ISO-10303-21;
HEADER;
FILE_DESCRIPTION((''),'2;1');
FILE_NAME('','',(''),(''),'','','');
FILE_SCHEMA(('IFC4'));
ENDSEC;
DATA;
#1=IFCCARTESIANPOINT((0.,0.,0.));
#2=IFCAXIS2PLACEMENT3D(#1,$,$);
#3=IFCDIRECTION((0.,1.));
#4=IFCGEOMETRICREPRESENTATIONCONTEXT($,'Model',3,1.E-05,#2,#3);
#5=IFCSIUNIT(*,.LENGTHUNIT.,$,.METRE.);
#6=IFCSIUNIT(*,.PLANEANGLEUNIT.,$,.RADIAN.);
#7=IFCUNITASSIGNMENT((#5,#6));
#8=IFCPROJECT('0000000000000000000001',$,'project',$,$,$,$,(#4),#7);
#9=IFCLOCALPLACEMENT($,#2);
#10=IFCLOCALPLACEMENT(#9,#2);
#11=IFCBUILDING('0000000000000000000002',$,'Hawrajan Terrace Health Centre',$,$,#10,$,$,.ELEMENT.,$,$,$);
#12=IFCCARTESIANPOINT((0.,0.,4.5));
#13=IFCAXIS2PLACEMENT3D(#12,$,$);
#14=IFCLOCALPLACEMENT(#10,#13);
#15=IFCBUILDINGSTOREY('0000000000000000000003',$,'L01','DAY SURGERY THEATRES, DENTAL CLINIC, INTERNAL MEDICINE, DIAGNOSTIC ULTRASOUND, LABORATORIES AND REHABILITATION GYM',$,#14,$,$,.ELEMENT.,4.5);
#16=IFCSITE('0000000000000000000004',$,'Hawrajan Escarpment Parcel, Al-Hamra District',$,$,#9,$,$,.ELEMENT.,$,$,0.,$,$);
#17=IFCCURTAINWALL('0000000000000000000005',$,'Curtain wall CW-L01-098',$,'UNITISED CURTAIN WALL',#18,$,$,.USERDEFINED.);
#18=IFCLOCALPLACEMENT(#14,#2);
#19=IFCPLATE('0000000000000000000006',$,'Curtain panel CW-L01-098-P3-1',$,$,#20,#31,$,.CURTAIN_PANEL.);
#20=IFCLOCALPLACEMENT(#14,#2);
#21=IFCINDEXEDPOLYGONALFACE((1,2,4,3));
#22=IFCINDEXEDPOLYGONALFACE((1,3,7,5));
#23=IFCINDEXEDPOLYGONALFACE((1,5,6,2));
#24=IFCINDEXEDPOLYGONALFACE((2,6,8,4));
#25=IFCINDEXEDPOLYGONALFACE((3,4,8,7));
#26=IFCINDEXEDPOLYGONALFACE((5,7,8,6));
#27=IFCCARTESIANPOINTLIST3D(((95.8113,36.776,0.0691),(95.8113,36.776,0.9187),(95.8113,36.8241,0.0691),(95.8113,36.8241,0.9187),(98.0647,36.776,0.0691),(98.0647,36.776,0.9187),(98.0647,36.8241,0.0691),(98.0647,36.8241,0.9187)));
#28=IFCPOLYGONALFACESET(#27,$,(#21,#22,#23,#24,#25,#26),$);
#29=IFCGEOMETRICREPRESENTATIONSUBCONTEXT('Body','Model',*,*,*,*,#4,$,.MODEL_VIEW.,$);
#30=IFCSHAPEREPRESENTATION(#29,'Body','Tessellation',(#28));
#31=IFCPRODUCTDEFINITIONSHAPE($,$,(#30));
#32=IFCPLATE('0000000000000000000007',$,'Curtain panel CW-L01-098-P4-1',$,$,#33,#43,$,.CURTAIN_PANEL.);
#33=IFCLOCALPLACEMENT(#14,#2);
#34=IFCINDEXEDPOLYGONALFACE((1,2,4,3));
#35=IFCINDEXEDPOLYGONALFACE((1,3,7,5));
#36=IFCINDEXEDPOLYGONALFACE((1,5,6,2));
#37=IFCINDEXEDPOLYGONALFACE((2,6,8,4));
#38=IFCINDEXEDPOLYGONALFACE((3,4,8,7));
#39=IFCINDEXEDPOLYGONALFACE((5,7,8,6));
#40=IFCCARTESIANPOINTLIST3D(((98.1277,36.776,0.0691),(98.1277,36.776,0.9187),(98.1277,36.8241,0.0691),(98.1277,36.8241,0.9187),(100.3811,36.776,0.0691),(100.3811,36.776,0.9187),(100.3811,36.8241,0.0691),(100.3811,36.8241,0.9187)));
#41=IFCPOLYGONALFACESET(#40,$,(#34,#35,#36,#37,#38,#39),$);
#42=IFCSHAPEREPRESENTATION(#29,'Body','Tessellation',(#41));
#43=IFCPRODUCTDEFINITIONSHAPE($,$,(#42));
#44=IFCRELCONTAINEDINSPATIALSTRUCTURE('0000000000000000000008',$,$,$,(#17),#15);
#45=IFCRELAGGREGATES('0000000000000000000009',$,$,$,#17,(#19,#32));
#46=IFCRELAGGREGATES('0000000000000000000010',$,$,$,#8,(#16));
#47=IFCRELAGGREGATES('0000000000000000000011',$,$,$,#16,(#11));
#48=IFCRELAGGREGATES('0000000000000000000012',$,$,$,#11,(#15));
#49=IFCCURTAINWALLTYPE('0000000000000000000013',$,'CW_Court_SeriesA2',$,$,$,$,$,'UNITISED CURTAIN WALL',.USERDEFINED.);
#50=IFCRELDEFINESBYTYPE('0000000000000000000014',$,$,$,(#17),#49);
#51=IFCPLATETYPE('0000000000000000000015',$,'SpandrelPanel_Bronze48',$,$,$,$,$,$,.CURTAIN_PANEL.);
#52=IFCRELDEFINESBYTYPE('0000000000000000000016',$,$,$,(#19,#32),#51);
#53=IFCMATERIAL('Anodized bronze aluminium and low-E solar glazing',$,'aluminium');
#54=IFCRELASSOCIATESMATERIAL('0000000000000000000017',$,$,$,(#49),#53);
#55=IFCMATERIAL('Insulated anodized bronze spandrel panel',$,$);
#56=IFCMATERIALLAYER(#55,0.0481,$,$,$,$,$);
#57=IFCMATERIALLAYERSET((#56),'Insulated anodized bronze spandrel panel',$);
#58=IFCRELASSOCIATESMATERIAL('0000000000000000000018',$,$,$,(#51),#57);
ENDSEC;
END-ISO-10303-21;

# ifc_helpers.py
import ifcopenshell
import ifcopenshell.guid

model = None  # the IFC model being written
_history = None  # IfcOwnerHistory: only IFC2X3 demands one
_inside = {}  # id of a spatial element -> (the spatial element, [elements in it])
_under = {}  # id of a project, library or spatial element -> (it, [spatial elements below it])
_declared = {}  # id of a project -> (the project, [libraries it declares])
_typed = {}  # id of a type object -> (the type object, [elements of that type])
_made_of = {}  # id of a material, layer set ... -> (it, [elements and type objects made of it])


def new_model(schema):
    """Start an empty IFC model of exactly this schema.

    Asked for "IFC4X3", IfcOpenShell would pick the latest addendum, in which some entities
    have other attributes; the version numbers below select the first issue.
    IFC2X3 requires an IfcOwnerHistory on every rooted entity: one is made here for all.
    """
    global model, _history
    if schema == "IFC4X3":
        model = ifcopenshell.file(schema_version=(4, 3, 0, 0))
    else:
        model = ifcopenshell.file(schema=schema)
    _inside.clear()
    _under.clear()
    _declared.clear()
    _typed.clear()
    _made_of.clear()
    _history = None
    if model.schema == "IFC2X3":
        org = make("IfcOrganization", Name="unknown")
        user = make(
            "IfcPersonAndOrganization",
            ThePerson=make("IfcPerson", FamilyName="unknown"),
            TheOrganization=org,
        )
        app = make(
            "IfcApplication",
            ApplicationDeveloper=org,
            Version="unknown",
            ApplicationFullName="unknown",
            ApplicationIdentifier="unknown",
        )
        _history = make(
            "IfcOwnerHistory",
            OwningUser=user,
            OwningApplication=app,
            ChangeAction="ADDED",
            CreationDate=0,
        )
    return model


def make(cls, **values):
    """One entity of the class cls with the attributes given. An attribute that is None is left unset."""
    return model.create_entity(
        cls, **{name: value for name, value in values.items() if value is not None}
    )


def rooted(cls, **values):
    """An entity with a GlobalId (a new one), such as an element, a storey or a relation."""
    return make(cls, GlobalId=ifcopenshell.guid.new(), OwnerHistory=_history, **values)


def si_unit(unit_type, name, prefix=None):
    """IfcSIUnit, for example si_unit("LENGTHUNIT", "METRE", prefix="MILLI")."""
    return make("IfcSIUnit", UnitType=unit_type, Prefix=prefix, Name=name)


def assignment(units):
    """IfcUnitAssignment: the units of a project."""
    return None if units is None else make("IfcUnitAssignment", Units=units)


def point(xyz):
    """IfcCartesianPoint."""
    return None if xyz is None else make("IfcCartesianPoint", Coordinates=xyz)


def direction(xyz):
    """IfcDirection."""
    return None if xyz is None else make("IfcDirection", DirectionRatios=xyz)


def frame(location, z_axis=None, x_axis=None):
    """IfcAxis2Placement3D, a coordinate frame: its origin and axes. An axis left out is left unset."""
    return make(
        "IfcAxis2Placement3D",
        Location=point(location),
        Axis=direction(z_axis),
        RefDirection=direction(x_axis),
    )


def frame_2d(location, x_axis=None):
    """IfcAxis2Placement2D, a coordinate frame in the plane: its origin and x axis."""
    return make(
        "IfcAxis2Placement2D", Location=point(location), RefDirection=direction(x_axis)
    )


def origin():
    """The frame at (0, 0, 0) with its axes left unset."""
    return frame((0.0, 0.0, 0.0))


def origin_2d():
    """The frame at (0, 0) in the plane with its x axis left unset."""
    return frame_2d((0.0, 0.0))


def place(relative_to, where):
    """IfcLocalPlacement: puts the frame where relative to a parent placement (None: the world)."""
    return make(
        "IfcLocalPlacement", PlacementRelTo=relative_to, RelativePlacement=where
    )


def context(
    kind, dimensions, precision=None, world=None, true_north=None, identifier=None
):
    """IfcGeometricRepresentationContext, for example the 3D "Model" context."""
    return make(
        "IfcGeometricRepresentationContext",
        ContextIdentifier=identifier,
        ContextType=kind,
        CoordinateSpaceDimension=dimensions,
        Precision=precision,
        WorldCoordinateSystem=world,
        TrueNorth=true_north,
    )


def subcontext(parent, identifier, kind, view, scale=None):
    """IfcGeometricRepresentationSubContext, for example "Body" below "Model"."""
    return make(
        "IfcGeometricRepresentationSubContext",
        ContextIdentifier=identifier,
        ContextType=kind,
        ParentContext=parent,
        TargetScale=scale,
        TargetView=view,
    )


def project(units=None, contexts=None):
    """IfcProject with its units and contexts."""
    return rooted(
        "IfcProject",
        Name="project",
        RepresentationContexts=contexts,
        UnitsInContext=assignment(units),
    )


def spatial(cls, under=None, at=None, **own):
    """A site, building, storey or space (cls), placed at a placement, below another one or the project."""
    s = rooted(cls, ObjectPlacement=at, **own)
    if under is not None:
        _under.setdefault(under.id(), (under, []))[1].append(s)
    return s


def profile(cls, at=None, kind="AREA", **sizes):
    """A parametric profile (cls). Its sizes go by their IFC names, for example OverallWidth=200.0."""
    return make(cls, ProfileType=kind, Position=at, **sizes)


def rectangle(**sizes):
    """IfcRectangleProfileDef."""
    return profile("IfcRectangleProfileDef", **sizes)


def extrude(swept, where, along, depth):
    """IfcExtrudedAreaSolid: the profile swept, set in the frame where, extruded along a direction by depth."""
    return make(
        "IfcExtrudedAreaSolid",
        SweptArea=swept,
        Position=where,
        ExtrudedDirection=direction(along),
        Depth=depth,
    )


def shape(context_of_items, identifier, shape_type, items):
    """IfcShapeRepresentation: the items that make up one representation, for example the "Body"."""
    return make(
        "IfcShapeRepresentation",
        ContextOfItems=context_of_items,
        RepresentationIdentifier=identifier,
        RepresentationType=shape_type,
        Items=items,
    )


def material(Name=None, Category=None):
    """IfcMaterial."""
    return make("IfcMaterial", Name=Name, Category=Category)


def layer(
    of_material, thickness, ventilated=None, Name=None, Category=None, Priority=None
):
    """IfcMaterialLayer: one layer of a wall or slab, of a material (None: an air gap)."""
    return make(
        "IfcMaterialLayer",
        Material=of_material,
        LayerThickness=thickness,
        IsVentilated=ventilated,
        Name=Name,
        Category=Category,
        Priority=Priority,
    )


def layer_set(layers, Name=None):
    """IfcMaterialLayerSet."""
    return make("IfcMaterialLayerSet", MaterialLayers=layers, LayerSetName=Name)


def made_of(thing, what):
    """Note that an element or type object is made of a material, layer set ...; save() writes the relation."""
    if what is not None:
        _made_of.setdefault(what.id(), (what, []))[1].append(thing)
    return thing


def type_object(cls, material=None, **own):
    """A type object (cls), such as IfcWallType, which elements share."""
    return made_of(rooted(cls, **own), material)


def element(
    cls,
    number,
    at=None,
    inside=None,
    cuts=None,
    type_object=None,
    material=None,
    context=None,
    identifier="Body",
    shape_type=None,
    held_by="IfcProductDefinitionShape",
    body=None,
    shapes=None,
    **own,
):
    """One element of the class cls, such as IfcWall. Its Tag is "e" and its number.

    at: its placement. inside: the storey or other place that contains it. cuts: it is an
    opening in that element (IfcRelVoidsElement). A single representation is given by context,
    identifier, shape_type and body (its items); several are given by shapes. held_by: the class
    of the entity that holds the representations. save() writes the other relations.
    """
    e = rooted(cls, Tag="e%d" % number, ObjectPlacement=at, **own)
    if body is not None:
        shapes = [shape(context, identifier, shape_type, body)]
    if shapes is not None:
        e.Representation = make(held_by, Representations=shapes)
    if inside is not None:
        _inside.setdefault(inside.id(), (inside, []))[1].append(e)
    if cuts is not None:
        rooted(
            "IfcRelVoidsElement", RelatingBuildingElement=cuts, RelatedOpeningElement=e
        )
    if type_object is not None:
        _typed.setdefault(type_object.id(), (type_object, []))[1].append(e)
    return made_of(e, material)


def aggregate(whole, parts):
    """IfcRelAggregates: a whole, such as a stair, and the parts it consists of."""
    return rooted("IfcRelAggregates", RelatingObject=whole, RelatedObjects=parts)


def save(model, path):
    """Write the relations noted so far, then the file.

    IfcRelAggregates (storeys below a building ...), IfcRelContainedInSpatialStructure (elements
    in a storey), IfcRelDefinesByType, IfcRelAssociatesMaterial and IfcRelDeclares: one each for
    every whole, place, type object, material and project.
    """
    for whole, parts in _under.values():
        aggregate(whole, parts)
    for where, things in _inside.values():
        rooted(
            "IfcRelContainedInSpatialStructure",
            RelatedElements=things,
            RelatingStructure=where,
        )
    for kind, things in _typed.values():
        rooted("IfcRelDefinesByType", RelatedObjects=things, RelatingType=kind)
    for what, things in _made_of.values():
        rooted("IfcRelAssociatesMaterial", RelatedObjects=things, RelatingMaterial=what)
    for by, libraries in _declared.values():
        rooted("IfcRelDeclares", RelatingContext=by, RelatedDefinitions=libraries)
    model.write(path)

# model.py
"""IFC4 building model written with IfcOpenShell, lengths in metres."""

from ifc_helpers import new_model, si_unit, direction, frame, origin, origin_2d, place, context, subcontext, project, spatial, rectangle, extrude, material, layer, layer_set, type_object, element, aggregate, save


model = new_model("IFC4")

# Units and contexts
model_context = context("Model", 3, precision=1e-05, world=origin(), true_north=direction((0.0, 1.0)))
body_context = subcontext(model_context, "Body", "Model", "MODEL_VIEW")
ifc_project = project(units=[si_unit("LENGTHUNIT", "METRE"), si_unit("PLANEANGLEUNIT", "RADIAN")], contexts=[model_context])

# Site, building, storey
site_placement = place(None, origin())
site = spatial("IfcSite", under=ifc_project, at=site_placement, Name="Hawrajan Escarpment Parcel, Al-Hamra District", CompositionType="ELEMENT", RefElevation=0.0)
building_placement = place(site_placement, origin())
building = spatial("IfcBuilding", under=site, at=building_placement, Name="Hawrajan Terrace Health Centre", CompositionType="ELEMENT")
storey_placement = place(building_placement, frame((0.0, 0.0, 4.5)))
storey = spatial("IfcBuildingStorey", under=building, at=storey_placement, Name="L01", Description="DAY SURGERY THEATRES, DENTAL CLINIC, INTERNAL MEDICINE, DIAGNOSTIC ULTRASOUND, LABORATORIES AND REHABILITATION GYM", CompositionType="ELEMENT", Elevation=4.5)

# Curtain wall
ifc_material_1 = material(Name="Anodized bronze aluminium and low-E solar glazing", Category="aluminium")
curtain_wall_type = type_object("IfcCurtainWallType", Name="CW_Court_SeriesA2", ElementType="UNITISED CURTAIN WALL", PredefinedType="USERDEFINED", material=ifc_material_1)
curtain_wall_placement = place(storey_placement, origin())
curtain_wall = element("IfcCurtainWall", 1, at=curtain_wall_placement, inside=storey, type_object=curtain_wall_type, Name="Curtain wall CW-L01-098", ObjectType="UNITISED CURTAIN WALL", PredefinedType="USERDEFINED")

# Plates
ifc_material_2 = material(Name="Insulated anodized bronze spandrel panel")
ifc_layer_1 = layer(ifc_material_2, 0.0481)
ifc_layer_set_1 = layer_set([ifc_layer_1], Name="Insulated anodized bronze spandrel panel")
plate_type_1 = type_object("IfcPlateType", Name="SpandrelPanel_Bronze48", PredefinedType="CURTAIN_PANEL", material=ifc_layer_set_1)
plate_1_placement = place(storey_placement, frame((96.938, 36.8, 0.0691), z_axis=(0.0, 0.0, 1.0), x_axis=(1.0, 0.0, 0.0)))
plate_1 = element("IfcPlate", 2, at=plate_1_placement, type_object=plate_type_1, Name="Curtain panel CW-L01-098-P3-1", PredefinedType="CURTAIN_PANEL", context=body_context, shape_type="SweptSolid", body=[
    extrude(rectangle(XDim=2.2534, YDim=0.0481, at=origin_2d()), origin(), (0.0, 0.0, 1.0), 0.8496),
])
plate_2_placement = place(storey_placement, frame((99.2544, 36.8, 0.0691), z_axis=(0.0, 0.0, 1.0), x_axis=(1.0, 0.0, 0.0)))
plate_2 = element("IfcPlate", 3, at=plate_2_placement, type_object=plate_type_1, Name="Curtain panel CW-L01-098-P4-1", PredefinedType="CURTAIN_PANEL", context=body_context, shape_type="SweptSolid", body=[
    extrude(rectangle(XDim=2.2534, YDim=0.0481, at=origin_2d()), origin(), (0.0, 0.0, 1.0), 0.8496),
])
aggregate(curtain_wall, [plate_1, plate_2])

save(model, "model.ifc")
